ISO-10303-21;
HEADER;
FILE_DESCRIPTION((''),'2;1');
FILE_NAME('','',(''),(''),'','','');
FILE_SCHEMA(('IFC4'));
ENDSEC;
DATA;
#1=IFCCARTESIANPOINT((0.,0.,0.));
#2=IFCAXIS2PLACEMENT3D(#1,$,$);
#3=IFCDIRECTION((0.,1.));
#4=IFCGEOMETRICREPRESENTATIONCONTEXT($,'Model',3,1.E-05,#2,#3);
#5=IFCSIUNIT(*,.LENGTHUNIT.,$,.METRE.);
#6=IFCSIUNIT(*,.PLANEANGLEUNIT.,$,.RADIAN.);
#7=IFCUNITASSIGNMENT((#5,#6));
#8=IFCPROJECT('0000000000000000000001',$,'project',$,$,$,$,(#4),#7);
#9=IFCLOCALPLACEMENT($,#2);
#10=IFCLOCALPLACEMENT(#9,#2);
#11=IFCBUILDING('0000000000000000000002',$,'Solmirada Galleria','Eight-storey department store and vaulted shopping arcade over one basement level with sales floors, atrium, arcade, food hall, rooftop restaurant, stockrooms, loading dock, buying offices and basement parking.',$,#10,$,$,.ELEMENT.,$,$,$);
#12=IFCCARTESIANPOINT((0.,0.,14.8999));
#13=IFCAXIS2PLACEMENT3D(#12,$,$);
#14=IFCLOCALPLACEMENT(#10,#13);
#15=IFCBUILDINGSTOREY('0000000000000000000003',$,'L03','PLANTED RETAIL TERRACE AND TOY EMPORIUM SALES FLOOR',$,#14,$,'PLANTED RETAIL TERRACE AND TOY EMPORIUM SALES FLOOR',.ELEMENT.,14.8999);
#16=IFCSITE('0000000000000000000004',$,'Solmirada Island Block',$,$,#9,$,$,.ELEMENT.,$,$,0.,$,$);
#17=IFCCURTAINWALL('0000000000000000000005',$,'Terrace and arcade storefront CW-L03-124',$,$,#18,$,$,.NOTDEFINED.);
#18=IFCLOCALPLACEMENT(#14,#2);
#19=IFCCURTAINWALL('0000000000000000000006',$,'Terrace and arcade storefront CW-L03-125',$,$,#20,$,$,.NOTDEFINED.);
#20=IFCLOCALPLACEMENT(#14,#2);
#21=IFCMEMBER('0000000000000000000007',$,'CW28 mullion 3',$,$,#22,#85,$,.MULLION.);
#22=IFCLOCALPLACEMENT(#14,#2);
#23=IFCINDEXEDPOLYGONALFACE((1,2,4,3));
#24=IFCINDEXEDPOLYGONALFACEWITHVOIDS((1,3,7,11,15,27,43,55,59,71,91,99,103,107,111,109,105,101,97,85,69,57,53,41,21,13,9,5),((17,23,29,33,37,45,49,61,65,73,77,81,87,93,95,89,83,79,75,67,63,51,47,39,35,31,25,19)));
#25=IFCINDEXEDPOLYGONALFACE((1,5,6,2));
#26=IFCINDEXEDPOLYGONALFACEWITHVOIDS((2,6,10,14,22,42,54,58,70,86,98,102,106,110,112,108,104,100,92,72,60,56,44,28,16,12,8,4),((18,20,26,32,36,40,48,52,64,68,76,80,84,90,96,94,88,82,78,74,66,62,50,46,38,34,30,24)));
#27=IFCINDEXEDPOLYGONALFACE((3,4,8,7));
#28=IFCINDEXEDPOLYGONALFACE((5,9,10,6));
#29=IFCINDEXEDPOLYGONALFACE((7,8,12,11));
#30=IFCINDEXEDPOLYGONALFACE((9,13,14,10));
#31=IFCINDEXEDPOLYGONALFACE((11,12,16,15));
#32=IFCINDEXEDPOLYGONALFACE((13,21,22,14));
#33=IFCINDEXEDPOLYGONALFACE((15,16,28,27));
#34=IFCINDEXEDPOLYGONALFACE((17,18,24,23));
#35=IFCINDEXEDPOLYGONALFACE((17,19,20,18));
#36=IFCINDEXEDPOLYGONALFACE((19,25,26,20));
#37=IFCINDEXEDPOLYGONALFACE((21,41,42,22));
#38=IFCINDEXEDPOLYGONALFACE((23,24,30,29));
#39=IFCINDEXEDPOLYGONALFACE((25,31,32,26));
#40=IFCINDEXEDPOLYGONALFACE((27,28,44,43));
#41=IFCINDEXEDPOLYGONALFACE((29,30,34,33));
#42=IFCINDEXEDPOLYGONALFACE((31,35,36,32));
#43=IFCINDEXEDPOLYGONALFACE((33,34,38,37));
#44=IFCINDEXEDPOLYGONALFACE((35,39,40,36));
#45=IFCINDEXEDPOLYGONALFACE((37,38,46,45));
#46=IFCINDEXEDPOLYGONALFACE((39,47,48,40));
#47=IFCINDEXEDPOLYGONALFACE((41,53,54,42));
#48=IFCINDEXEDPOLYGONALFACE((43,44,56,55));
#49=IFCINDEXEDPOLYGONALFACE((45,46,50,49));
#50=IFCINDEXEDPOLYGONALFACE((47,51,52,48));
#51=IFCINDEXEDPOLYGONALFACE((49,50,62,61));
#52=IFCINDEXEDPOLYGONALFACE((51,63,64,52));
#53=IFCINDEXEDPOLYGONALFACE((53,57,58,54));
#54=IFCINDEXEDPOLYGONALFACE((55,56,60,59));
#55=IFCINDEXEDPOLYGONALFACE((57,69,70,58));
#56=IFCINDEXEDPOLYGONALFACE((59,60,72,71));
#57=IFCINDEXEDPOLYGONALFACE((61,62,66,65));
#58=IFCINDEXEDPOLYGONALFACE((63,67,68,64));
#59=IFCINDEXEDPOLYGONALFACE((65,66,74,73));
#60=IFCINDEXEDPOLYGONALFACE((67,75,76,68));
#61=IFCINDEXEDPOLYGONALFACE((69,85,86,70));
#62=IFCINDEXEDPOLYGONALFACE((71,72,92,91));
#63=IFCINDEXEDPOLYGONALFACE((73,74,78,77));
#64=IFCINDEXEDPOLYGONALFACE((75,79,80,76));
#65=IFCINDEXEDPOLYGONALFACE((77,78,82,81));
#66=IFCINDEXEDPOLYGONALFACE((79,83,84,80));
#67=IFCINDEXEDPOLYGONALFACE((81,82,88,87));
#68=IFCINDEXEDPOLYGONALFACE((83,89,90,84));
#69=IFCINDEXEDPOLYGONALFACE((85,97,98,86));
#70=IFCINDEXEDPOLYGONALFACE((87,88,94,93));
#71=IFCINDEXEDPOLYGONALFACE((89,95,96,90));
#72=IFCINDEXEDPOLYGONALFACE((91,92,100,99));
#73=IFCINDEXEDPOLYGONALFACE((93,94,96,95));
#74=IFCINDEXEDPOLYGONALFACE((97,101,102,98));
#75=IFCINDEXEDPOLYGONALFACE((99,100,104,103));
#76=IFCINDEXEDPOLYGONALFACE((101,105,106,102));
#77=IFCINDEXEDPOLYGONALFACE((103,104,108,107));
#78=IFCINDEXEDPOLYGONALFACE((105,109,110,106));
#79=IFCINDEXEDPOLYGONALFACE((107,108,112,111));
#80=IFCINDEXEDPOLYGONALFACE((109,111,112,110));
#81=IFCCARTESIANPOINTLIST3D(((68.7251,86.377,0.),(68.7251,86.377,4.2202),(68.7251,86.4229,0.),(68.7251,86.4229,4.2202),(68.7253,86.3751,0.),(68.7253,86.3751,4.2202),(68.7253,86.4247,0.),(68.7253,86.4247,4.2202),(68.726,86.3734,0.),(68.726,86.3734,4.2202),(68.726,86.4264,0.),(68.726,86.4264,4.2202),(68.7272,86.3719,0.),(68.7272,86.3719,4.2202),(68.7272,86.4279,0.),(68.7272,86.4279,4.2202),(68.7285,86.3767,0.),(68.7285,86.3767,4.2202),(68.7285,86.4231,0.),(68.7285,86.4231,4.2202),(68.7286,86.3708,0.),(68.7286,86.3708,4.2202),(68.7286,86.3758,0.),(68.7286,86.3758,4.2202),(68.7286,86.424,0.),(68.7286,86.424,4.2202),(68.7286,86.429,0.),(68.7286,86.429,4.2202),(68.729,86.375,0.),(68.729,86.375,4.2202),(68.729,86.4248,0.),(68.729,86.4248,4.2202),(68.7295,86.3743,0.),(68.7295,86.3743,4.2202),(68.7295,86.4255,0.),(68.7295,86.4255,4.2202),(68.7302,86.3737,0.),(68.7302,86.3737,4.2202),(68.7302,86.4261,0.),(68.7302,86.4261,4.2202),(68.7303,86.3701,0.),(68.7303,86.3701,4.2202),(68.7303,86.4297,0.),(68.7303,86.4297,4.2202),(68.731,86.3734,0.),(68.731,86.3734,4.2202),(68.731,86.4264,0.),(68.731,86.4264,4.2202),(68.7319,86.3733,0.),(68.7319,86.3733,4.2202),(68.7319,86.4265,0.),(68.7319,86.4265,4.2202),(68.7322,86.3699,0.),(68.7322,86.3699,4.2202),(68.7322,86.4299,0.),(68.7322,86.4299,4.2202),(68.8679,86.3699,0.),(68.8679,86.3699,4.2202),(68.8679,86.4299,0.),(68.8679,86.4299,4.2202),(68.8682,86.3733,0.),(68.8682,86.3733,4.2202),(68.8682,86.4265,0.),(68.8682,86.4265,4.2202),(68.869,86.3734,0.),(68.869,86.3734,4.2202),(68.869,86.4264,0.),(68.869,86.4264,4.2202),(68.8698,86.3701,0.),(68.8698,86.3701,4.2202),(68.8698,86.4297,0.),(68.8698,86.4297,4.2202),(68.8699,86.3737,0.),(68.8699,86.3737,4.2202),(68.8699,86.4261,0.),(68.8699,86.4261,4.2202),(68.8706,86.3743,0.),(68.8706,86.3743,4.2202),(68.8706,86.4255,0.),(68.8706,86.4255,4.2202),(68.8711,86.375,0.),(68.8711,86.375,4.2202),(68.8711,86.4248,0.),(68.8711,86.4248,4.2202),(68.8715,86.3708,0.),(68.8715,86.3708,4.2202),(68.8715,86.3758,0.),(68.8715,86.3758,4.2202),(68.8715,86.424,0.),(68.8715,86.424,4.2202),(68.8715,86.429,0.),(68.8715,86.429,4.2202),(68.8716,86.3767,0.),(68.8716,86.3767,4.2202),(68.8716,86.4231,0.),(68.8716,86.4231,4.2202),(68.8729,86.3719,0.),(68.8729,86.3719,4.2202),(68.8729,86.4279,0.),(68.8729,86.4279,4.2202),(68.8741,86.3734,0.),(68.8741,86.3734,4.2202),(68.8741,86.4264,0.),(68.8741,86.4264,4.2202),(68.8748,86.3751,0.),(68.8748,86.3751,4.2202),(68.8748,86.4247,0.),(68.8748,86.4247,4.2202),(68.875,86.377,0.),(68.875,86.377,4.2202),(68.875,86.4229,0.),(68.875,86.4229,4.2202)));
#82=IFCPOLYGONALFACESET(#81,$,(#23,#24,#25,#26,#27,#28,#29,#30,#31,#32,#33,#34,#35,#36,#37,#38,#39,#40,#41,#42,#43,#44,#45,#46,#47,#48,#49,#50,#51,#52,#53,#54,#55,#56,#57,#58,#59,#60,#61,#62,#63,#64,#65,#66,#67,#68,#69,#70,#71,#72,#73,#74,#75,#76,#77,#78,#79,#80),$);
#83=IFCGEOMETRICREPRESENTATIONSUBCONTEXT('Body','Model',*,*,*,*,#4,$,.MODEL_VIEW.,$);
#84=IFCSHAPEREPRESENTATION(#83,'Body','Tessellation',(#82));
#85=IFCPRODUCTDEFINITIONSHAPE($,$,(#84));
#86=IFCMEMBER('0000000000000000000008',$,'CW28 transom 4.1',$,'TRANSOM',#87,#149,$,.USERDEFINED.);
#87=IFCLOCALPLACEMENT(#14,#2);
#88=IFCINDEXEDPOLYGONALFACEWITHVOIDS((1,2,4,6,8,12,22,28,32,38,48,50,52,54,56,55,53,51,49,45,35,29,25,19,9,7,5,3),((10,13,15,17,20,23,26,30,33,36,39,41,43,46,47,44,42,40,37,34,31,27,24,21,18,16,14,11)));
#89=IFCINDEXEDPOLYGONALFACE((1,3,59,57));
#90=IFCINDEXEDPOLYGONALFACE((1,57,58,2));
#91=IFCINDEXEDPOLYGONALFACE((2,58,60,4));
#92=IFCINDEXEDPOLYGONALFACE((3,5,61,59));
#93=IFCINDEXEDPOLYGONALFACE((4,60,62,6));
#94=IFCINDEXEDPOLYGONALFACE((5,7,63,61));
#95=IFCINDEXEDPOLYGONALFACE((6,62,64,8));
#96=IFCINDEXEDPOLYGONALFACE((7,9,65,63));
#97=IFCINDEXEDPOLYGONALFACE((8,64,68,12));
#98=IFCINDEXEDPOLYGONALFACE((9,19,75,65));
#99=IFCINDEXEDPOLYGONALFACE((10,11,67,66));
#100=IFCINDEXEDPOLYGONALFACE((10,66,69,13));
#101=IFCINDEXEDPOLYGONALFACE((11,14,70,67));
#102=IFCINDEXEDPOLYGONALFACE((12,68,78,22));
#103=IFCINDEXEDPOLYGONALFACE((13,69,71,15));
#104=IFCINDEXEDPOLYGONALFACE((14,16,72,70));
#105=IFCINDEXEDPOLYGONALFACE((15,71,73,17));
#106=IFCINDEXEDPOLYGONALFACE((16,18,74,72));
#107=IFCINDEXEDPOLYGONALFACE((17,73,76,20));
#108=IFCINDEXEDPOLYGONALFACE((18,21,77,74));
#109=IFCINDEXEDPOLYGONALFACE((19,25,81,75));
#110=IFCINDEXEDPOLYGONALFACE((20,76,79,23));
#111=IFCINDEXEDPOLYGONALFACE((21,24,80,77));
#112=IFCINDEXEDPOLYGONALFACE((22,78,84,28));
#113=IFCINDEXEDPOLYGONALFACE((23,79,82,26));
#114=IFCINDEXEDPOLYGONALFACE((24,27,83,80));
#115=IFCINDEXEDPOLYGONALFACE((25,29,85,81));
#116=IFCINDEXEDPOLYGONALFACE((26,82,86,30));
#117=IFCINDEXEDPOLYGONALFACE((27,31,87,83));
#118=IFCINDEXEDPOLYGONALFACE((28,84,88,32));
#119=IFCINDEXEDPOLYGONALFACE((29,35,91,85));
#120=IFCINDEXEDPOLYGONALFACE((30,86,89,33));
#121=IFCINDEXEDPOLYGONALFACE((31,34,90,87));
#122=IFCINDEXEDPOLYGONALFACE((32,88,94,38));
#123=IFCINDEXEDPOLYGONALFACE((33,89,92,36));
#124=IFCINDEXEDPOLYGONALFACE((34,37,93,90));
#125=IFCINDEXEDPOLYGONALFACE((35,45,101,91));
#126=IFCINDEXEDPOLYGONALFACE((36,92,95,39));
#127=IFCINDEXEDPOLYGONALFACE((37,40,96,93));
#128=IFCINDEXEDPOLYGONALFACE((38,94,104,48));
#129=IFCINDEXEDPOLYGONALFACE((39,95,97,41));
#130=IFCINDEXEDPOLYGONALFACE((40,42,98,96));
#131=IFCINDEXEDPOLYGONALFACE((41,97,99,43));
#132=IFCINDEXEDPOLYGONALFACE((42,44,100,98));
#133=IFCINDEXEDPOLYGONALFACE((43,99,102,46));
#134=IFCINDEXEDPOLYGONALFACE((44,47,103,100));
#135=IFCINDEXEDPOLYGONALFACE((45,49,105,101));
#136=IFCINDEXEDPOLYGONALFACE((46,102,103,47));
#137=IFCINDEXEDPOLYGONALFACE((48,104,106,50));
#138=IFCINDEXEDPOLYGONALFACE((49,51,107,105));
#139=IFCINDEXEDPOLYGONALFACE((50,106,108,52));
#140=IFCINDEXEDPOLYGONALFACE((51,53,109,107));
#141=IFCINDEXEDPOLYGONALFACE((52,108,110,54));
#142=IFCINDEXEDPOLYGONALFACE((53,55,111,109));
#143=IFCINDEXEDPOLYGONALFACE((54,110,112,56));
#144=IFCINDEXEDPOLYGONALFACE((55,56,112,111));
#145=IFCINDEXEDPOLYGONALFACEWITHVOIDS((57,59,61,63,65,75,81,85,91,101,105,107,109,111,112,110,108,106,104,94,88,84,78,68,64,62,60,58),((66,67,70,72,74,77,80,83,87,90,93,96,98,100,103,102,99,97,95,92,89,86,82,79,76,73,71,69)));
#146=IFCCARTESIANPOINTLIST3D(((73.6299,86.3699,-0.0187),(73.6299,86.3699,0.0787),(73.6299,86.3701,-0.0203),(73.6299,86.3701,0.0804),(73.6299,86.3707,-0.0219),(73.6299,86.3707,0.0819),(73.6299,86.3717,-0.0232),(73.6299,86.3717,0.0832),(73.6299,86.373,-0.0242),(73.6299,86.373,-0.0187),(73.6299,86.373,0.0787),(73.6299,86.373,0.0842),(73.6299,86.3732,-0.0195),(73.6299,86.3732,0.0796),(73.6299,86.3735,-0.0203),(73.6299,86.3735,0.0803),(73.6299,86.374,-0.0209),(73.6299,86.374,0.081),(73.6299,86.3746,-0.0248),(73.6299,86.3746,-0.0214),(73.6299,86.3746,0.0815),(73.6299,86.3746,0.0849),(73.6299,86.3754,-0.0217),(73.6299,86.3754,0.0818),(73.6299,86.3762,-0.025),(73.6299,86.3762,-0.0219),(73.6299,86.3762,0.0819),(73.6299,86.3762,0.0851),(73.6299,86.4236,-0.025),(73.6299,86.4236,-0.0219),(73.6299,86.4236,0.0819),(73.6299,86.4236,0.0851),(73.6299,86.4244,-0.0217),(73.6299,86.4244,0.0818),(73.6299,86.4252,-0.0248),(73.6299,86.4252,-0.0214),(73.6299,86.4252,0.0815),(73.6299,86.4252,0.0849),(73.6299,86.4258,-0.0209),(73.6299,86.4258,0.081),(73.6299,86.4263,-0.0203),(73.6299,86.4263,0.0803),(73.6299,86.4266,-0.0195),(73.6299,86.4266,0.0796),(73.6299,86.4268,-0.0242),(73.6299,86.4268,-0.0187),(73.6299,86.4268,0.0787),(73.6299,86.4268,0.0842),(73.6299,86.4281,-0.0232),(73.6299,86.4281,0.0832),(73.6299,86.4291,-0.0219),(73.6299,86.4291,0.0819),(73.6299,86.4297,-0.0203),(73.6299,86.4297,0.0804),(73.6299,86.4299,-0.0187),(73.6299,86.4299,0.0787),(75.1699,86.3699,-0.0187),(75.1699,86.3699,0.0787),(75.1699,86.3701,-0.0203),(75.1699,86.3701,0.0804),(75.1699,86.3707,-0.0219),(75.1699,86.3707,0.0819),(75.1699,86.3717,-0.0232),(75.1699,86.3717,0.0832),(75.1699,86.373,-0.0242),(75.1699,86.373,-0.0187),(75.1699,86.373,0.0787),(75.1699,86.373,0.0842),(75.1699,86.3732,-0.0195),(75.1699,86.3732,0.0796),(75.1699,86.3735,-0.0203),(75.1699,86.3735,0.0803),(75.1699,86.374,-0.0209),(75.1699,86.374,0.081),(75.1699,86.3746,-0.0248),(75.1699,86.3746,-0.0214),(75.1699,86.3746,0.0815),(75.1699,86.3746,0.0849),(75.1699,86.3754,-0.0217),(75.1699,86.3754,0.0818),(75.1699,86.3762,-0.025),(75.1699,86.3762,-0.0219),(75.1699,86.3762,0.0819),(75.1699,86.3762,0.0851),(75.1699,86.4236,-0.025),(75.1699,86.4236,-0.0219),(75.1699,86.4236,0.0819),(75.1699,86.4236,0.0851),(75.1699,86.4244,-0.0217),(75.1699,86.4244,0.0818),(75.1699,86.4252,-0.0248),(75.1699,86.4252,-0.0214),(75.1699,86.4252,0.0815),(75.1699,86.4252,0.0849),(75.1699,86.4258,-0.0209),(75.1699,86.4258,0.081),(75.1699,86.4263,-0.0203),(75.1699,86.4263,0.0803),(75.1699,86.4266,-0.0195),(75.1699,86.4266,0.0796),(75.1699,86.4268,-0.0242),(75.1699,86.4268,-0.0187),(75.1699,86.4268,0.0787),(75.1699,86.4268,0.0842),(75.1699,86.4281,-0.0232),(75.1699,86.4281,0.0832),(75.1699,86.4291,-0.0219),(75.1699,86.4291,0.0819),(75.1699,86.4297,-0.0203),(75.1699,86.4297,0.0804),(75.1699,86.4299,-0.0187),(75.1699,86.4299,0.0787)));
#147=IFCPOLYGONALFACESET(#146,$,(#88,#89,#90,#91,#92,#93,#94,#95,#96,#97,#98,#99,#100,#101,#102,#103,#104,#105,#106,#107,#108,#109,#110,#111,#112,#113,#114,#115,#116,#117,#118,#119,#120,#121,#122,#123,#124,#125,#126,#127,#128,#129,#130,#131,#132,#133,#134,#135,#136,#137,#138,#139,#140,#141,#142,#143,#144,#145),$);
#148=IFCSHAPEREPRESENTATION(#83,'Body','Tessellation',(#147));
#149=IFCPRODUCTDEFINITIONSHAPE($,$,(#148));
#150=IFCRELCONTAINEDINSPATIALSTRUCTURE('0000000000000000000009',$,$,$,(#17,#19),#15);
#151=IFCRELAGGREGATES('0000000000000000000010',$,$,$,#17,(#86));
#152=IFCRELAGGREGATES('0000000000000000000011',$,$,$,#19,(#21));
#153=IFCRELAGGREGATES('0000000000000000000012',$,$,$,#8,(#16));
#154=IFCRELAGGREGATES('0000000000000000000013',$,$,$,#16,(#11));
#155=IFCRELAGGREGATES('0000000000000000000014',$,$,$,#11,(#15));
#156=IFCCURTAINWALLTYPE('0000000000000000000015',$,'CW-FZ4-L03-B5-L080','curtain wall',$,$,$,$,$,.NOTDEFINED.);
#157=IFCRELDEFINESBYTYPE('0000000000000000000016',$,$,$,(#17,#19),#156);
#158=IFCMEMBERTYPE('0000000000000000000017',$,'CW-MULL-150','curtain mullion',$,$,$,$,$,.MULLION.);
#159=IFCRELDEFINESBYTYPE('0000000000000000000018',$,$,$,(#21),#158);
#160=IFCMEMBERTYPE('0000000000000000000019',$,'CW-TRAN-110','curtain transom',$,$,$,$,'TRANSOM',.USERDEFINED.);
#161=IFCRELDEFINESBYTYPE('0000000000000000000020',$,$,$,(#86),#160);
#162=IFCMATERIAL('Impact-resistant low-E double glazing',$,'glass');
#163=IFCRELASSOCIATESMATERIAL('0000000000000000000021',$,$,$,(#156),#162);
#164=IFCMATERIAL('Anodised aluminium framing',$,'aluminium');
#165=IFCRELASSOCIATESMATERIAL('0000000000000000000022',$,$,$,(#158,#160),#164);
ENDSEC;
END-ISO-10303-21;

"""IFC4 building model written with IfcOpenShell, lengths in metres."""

from ifc_helpers import new_model, si_unit, direction, frame, origin, origin_2d, place, context, subcontext, project, spatial, hollow_rectangle, extrude, material, material_profile, profile_set, type_object, element, aggregate, save


model = new_model("IFC4")

# Units and contexts
model_context = context("Model", 3, precision=1e-05, world=origin(), true_north=direction((0.0, 1.0)))
body_context = subcontext(model_context, "Body", "Model", "MODEL_VIEW")
ifc_project = project(units=[si_unit("LENGTHUNIT", "METRE"), si_unit("PLANEANGLEUNIT", "RADIAN")], contexts=[model_context])

# Site, building, storey
site_placement = place(None, origin())
site = spatial("IfcSite", under=ifc_project, at=site_placement, Name="Solmirada Island Block", CompositionType="ELEMENT", RefElevation=0.0)
building_placement = place(site_placement, origin())
building = spatial("IfcBuilding", under=site, at=building_placement, Name="Solmirada Galleria", Description="Eight-storey department store and vaulted shopping arcade over one basement level with sales floors, atrium, arcade, food hall, rooftop restaurant, stockrooms, loading dock, buying offices and basement parking.", CompositionType="ELEMENT")
storey_placement = place(building_placement, frame((0.0, 0.0, 14.8999)))
storey = spatial("IfcBuildingStorey", under=building, at=storey_placement, Name="L03", Description="PLANTED RETAIL TERRACE AND TOY EMPORIUM SALES FLOOR", LongName="PLANTED RETAIL TERRACE AND TOY EMPORIUM SALES FLOOR", CompositionType="ELEMENT", Elevation=14.8999)

# Curtain walls, member
ifc_material_1 = material(Name="Impact-resistant low-E double glazing", Category="glass")
curtain_wall_type = type_object("IfcCurtainWallType", Name="CW-FZ4-L03-B5-L080", Description="curtain wall", PredefinedType="NOTDEFINED", material=ifc_material_1)
curtain_wall_1_placement = place(storey_placement, origin())
curtain_wall_1 = element("IfcCurtainWall", 1, at=curtain_wall_1_placement, inside=storey, type_object=curtain_wall_type, Name="Terrace and arcade storefront CW-L03-124", PredefinedType="NOTDEFINED")
ifc_material_2 = material(Name="Anodised aluminium framing", Category="aluminium")
ifc_material_profile_1 = material_profile(ifc_material_2, hollow_rectangle(XDim=0.0601, YDim=0.1499, WallThickness=0.0034, InnerFilletRadius=0.0034, OuterFilletRadius=0.0071, at=origin_2d()), Name="ALU-MULL-150X60")
ifc_profile_set_1 = profile_set([ifc_material_profile_1], Name="Anodised aluminium framing")
member_type_1 = type_object("IfcMemberType", Name="CW-MULL-150", Description="curtain mullion", PredefinedType="MULLION", material=ifc_profile_set_1)
curtain_wall_2_placement = place(storey_placement, origin())
curtain_wall_2 = element("IfcCurtainWall", 2, at=curtain_wall_2_placement, inside=storey, type_object=curtain_wall_type, Name="Terrace and arcade storefront CW-L03-125", PredefinedType="NOTDEFINED")
member_1_placement = place(storey_placement, frame((68.8, 86.3999, 0.0), z_axis=(0.0, 0.0, 1.0), x_axis=(0.0, -1.0, 0.0)))
member_1 = element("IfcMember", 3, at=member_1_placement, type_object=member_type_1, Name="CW28 mullion 3", PredefinedType="MULLION", context=body_context, shape_type="SweptSolid", body=[
    extrude(hollow_rectangle(XDim=0.0601, YDim=0.1499, WallThickness=0.0034, InnerFilletRadius=0.0034, OuterFilletRadius=0.0071, at=origin_2d()), origin(), (0.0, 0.0, 1.0), 4.2202),
])

# Member
ifc_material_profile_2 = material_profile(ifc_material_2, hollow_rectangle(XDim=0.0601, YDim=0.1101, WallThickness=0.0032, InnerFilletRadius=0.0032, OuterFilletRadius=0.0063, at=origin_2d()), Name="ALU-TRAN-110X60")
ifc_profile_set_2 = profile_set([ifc_material_profile_2], Name="Anodised aluminium framing")
member_type_2 = type_object("IfcMemberType", Name="CW-TRAN-110", Description="curtain transom", ElementType="TRANSOM", PredefinedType="USERDEFINED", material=ifc_profile_set_2)
member_2_placement = place(storey_placement, frame((75.1699, 86.3999, 0.03), z_axis=(-1.0, 0.0, 0.0), x_axis=(0.0, -1.0, 0.0)))
member_2 = element("IfcMember", 4, at=member_2_placement, type_object=member_type_2, Name="CW28 transom 4.1", ObjectType="TRANSOM", PredefinedType="USERDEFINED", context=body_context, shape_type="SweptSolid", body=[
    extrude(hollow_rectangle(XDim=0.0601, YDim=0.1101, WallThickness=0.0032, InnerFilletRadius=0.0032, OuterFilletRadius=0.0063, at=origin_2d()), origin(), (0.0, 0.0, 1.0), 1.54),
])

aggregate(curtain_wall_1, [member_2])
aggregate(curtain_wall_2, [member_1])

save(model, "model.ifc")
